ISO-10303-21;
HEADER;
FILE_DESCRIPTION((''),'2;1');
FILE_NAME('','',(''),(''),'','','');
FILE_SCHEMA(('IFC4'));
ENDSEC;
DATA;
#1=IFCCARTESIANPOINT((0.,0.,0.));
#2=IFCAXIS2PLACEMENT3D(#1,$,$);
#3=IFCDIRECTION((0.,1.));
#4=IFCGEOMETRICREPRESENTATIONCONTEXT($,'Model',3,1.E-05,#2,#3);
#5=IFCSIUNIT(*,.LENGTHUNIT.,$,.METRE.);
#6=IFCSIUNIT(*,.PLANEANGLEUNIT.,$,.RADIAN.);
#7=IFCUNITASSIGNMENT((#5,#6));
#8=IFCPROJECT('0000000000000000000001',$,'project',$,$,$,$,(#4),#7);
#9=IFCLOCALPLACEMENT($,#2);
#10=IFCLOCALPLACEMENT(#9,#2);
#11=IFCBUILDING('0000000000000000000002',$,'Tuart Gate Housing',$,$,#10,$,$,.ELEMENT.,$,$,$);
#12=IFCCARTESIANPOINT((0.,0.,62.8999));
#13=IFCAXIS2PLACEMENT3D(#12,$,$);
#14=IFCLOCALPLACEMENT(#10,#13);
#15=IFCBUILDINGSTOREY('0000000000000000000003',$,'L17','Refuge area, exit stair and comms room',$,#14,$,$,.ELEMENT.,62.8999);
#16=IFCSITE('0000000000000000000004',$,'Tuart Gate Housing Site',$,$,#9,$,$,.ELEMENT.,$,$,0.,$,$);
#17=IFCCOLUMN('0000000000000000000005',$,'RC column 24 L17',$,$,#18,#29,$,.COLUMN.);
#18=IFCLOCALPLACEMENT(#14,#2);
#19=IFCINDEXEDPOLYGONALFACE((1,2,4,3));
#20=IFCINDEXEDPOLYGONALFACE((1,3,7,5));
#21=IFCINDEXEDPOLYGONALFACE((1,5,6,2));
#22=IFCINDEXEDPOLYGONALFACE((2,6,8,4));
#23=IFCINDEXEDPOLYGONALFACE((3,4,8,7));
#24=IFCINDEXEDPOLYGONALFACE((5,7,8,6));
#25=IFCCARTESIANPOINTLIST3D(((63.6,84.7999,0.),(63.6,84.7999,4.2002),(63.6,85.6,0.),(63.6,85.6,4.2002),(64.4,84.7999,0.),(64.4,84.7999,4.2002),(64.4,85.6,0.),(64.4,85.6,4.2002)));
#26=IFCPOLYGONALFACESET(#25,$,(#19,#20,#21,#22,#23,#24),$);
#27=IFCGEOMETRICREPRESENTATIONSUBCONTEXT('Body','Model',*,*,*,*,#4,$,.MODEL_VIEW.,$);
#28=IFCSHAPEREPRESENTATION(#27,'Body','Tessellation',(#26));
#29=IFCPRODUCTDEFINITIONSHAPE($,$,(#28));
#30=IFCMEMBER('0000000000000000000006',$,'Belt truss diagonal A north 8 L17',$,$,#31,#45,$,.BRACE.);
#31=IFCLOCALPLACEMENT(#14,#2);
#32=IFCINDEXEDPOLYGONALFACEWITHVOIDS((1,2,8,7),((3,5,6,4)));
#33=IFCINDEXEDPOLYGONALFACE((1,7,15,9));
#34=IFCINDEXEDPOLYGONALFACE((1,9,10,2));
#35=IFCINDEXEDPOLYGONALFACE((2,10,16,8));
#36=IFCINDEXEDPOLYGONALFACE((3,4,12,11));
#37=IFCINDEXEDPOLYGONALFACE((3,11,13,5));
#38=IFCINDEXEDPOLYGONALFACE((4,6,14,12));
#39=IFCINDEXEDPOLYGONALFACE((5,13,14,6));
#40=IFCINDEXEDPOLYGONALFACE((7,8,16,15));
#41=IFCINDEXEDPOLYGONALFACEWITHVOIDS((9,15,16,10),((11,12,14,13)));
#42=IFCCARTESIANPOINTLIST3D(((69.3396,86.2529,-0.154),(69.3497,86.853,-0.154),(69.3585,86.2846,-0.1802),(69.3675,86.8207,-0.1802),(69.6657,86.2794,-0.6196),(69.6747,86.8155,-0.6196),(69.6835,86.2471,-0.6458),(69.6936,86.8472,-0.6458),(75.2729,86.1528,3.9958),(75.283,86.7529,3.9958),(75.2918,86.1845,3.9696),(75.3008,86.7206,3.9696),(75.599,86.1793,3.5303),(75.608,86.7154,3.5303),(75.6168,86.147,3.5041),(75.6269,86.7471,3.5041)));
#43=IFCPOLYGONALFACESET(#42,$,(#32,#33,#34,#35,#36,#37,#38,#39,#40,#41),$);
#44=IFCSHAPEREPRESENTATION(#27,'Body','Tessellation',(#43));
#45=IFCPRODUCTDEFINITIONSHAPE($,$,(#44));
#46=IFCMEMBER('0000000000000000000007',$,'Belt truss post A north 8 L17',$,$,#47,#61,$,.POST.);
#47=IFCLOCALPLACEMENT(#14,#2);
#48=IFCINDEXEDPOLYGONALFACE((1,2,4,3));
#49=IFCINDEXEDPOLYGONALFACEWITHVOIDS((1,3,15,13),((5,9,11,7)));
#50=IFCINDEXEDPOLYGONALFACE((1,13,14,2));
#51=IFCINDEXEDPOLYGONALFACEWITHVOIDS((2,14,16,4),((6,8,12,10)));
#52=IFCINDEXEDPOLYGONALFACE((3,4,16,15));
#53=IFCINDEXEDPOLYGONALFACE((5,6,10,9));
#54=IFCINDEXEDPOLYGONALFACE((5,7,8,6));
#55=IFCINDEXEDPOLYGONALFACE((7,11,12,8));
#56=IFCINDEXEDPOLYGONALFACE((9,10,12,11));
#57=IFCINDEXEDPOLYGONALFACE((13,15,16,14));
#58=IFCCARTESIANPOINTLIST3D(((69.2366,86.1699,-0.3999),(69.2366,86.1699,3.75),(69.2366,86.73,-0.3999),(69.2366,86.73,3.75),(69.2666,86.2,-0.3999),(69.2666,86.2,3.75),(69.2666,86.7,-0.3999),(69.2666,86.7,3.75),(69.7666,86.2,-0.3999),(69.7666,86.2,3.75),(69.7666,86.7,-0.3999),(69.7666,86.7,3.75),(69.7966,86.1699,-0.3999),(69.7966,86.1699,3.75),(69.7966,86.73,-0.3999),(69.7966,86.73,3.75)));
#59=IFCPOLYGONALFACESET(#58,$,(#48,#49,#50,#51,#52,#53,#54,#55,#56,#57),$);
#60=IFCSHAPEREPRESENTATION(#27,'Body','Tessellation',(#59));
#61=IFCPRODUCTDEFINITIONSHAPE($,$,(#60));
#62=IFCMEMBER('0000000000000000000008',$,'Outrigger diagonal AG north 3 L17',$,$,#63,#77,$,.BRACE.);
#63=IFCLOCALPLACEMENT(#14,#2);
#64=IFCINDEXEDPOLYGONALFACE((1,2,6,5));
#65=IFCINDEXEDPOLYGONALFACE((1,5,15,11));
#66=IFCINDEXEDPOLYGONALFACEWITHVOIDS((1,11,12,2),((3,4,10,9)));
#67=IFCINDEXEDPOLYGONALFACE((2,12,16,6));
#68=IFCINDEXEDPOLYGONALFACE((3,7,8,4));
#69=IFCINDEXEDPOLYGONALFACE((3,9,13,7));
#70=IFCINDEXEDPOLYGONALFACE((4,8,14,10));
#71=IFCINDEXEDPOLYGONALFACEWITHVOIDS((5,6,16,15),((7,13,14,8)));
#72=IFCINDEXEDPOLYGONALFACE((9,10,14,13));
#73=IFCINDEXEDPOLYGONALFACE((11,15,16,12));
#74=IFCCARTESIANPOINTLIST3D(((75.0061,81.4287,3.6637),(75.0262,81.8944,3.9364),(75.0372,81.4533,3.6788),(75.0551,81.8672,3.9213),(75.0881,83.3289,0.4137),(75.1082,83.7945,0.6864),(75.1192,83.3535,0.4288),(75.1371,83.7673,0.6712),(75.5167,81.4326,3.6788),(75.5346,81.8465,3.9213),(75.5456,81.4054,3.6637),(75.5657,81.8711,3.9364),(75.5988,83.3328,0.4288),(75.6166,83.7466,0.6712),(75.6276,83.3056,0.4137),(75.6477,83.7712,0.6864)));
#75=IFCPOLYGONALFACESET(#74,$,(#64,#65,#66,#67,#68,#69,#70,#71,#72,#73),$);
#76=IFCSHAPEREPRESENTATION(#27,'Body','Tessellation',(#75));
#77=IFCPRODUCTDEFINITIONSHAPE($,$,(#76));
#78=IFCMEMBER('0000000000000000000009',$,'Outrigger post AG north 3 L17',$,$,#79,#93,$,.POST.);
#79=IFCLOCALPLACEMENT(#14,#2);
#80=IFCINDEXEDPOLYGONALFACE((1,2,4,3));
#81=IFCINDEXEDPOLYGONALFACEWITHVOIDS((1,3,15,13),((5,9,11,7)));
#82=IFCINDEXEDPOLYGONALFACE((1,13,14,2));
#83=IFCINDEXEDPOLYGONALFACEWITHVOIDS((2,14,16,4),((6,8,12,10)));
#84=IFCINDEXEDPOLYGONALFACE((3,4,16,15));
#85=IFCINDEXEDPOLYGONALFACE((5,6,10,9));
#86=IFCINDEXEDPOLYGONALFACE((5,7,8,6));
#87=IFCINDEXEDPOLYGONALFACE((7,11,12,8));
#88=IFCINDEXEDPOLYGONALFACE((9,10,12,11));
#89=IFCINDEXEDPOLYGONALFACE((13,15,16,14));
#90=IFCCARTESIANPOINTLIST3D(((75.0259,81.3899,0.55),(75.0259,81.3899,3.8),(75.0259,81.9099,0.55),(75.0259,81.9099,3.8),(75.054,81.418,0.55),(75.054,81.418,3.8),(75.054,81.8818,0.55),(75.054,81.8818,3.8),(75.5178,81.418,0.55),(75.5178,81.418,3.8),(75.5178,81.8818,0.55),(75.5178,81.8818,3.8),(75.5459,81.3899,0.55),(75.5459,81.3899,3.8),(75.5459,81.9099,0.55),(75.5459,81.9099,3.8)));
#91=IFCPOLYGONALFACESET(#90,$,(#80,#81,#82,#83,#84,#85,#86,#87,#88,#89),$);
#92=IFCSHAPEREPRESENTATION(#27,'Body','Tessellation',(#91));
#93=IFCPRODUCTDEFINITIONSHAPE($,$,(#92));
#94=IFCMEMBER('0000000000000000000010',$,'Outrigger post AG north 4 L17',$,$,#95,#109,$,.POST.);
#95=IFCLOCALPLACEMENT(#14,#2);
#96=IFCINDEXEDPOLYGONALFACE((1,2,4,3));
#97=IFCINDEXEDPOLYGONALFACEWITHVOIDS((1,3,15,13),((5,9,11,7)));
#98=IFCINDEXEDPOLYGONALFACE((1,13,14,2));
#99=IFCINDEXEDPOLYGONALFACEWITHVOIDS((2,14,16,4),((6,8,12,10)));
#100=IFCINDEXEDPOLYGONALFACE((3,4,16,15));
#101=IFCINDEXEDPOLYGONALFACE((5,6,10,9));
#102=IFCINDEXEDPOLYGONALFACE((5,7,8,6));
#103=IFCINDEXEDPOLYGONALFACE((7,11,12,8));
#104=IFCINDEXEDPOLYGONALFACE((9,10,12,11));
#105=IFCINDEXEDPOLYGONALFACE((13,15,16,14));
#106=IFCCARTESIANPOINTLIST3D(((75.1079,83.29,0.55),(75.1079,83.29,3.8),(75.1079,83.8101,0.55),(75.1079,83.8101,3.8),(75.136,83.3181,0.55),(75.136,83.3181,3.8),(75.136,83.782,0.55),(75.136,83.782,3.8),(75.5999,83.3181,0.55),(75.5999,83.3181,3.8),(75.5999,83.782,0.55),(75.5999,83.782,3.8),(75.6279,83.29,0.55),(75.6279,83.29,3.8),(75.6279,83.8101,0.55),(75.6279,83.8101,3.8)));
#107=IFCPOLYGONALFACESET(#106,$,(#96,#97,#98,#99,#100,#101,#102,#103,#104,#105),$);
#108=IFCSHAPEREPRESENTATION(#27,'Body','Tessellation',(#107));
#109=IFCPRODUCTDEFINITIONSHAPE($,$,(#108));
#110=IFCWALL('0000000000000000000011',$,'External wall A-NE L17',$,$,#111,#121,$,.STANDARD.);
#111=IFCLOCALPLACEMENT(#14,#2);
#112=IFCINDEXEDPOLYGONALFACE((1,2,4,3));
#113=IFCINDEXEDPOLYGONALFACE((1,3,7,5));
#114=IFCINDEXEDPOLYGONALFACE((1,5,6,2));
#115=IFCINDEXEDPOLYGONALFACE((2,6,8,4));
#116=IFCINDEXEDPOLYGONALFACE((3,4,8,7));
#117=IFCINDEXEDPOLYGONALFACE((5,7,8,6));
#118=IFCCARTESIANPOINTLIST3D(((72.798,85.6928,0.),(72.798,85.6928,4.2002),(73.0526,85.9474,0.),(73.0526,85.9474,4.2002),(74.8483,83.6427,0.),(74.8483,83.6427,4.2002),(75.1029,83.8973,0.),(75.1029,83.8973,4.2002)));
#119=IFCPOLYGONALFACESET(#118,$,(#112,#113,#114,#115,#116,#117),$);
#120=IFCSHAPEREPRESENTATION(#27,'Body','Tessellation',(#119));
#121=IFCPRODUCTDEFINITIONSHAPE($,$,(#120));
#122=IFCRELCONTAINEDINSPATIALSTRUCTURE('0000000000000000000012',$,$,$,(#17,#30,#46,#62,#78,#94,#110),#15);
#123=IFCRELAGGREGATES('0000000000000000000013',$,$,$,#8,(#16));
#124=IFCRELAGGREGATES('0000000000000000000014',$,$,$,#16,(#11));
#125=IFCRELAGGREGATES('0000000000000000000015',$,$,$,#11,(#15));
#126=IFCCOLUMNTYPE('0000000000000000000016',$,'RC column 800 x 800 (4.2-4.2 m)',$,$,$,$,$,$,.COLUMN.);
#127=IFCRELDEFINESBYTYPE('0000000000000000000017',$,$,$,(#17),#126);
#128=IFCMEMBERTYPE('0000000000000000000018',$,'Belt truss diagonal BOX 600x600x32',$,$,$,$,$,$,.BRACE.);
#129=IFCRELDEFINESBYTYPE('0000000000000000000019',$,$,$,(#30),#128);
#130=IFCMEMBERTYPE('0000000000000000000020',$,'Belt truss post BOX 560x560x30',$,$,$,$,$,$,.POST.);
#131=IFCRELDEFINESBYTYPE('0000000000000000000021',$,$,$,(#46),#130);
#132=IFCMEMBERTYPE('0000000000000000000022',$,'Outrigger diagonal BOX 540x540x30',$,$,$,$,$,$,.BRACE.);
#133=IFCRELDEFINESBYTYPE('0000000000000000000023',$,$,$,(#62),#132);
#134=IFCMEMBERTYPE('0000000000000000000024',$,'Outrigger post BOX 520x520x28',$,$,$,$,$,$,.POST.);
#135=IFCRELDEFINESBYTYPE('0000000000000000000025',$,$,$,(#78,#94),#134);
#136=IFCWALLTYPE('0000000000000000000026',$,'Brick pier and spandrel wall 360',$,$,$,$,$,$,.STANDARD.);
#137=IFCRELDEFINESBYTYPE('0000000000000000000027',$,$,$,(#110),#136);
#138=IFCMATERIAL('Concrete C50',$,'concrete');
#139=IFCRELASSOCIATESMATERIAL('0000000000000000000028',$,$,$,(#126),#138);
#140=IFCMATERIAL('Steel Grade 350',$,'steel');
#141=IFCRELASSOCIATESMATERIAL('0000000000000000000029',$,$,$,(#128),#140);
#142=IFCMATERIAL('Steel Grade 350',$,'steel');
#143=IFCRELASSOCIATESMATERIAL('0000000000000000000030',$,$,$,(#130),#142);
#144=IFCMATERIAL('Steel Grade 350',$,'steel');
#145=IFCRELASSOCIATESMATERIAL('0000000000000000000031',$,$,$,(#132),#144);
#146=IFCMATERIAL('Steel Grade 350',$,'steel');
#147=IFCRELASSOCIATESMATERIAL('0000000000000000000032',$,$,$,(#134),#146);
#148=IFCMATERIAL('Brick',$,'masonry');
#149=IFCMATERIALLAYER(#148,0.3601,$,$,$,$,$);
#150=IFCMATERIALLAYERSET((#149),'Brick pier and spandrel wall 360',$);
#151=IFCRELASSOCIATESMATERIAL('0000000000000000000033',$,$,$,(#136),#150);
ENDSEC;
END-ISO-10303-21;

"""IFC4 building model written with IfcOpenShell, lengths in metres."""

from ifc_helpers import new_model, si_unit, direction, frame, frame_2d, origin, origin_2d, place, context, subcontext, project, spatial, rectangle, hollow_rectangle, extrude, material, layer, layer_set, material_profile, profile_set, type_object, element, save


model = new_model("IFC4")

# Units and contexts
model_context = context("Model", 3, precision=1e-05, world=origin(), true_north=direction((0.0, 1.0)))
body_context = subcontext(model_context, "Body", "Model", "MODEL_VIEW")
ifc_project = project(units=[si_unit("LENGTHUNIT", "METRE"), si_unit("PLANEANGLEUNIT", "RADIAN")], contexts=[model_context])

# Site, building, storey
site_placement = place(None, origin())
site = spatial("IfcSite", under=ifc_project, at=site_placement, Name="Tuart Gate Housing Site", CompositionType="ELEMENT", RefElevation=0.0)
building_placement = place(site_placement, origin())
building = spatial("IfcBuilding", under=site, at=building_placement, Name="Tuart Gate Housing", CompositionType="ELEMENT")
storey_placement = place(building_placement, frame((0.0, 0.0, 62.8999)))
storey = spatial("IfcBuildingStorey", under=building, at=storey_placement, Name="L17", Description="Refuge area, exit stair and comms room", CompositionType="ELEMENT", Elevation=62.8999)

# Column
ifc_material_1 = material(Name="Concrete C50", Category="concrete")
ifc_material_profile_1 = material_profile(ifc_material_1, rectangle(XDim=0.8, YDim=0.8, at=origin_2d()), Name="RC column 800 x 800 (4.2-4.2 m)")
ifc_profile_set_1 = profile_set([ifc_material_profile_1], Name="Concrete C50")
column_type = type_object("IfcColumnType", Name="RC column 800 x 800 (4.2-4.2 m)", PredefinedType="COLUMN", material=ifc_profile_set_1)
column_placement = place(storey_placement, frame((64.0, 85.2, 0.0), z_axis=(0.0, 0.0, 1.0), x_axis=(1.0, 0.0, 0.0)))
element("IfcColumn", 1, at=column_placement, inside=storey, type_object=column_type, Name="RC column 24 L17", PredefinedType="COLUMN", context=body_context, shape_type="SweptSolid", body=[
    extrude(rectangle(XDim=0.8, YDim=0.8, at=origin_2d()), origin(), (0.0, 0.0, 1.0), 4.2002),
])

# Members
ifc_material_2 = material(Name="Steel Grade 350", Category="steel")
ifc_material_profile_2 = material_profile(ifc_material_2, hollow_rectangle(XDim=0.6001, YDim=0.6001, WallThickness=0.032, at=origin_2d()), Name="BOX 600x600x32")
ifc_profile_set_2 = profile_set([ifc_material_profile_2], Name="Steel Grade 350")
member_type_1 = type_object("IfcMemberType", Name="Belt truss diagonal BOX 600x600x32", PredefinedType="BRACE", material=ifc_profile_set_2)
member_1_placement = place(storey_placement, frame((69.5166, 86.55, -0.3999), z_axis=(0.819377, -0.013823, 0.573088), x_axis=(0.016868, 0.999858, 0.0)))
element("IfcMember", 2, at=member_1_placement, inside=storey, type_object=member_type_1, Name="Belt truss diagonal A north 8 L17", PredefinedType="BRACE", context=body_context, shape_type="SweptSolid", body=[
    extrude(hollow_rectangle(XDim=0.6001, YDim=0.6001, WallThickness=0.032, at=origin_2d()), origin(), (0.0, 0.0, 1.0), 7.2412),
])
ifc_material_3 = material(Name="Steel Grade 350", Category="steel")
ifc_material_profile_3 = material_profile(ifc_material_3, hollow_rectangle(XDim=0.5601, YDim=0.5601, WallThickness=0.03, at=origin_2d()), Name="BOX 560x560x30")
ifc_profile_set_3 = profile_set([ifc_material_profile_3], Name="Steel Grade 350")
member_type_2 = type_object("IfcMemberType", Name="Belt truss post BOX 560x560x30", PredefinedType="POST", material=ifc_profile_set_3)
member_2_placement = place(storey_placement, frame((69.5166, 86.45, -0.3999), z_axis=(0.0, 0.0, 1.0), x_axis=(1.0, 0.0, 0.0)))
element("IfcMember", 3, at=member_2_placement, inside=storey, type_object=member_type_2, Name="Belt truss post A north 8 L17", PredefinedType="POST", context=body_context, shape_type="SweptSolid", body=[
    extrude(hollow_rectangle(XDim=0.5601, YDim=0.5601, WallThickness=0.03, at=origin_2d()), origin(), (0.0, 0.0, 1.0), 4.1499),
])
ifc_material_4 = material(Name="Steel Grade 350", Category="steel")
ifc_material_profile_4 = material_profile(ifc_material_4, hollow_rectangle(XDim=0.54, YDim=0.54, WallThickness=0.03, at=origin_2d()), Name="BOX 540x540x30")
ifc_profile_set_4 = profile_set([ifc_material_profile_4], Name="Steel Grade 350")
member_type_3 = type_object("IfcMemberType", Name="Outrigger diagonal BOX 540x540x30", PredefinedType="BRACE", material=ifc_profile_set_4)
member_3_placement = place(storey_placement, frame((75.2859, 81.6499, 3.8), z_axis=(0.021784, 0.504606, -0.863075), x_axis=(-0.999069, 0.043131, 0.0)))
element("IfcMember", 4, at=member_3_placement, inside=storey, type_object=member_type_3, Name="Outrigger diagonal AG north 3 L17", PredefinedType="BRACE", context=body_context, shape_type="SweptSolid", body=[
    extrude(hollow_rectangle(XDim=0.54, YDim=0.54, WallThickness=0.03, at=origin_2d()), origin(), (0.0, 0.0, 1.0), 3.7656),
])
ifc_material_5 = material(Name="Steel Grade 350", Category="steel")
ifc_material_profile_5 = material_profile(ifc_material_5, hollow_rectangle(XDim=0.52, YDim=0.52, WallThickness=0.0281, at=origin_2d()), Name="BOX 520x520x28")
ifc_profile_set_5 = profile_set([ifc_material_profile_5], Name="Steel Grade 350")
member_type_4 = type_object("IfcMemberType", Name="Outrigger post BOX 520x520x28", PredefinedType="POST", material=ifc_profile_set_5)
for number, where, z_axis, x_axis, name in (
    (5, (75.2859, 81.6499, 0.55), (0.0, 0.0, 1.0), (1.0, 0.0, 0.0), "Outrigger post AG north 3 L17"),
    (6, (75.3679, 83.55, 0.55), (0.0, 0.0, 1.0), (1.0, 0.0, 0.0), "Outrigger post AG north 4 L17"),
):
    element("IfcMember", number, at=place(storey_placement, frame(where, z_axis=z_axis, x_axis=x_axis)), inside=storey, type_object=member_type_4, Name=name, PredefinedType="POST", context=body_context, shape_type="SweptSolid", body=[
        extrude(hollow_rectangle(XDim=0.52, YDim=0.52, WallThickness=0.0281, at=origin_2d()), origin(), (0.0, 0.0, 1.0), 3.25),
    ])

# Wall
ifc_material_6 = material(Name="Brick", Category="masonry")
ifc_layer = layer(ifc_material_6, 0.3601)
ifc_layer_set = layer_set([ifc_layer], Name="Brick pier and spandrel wall 360")
wall_type = type_object("IfcWallType", Name="Brick pier and spandrel wall 360", PredefinedType="STANDARD", material=ifc_layer_set)
wall_1_placement = place(storey_placement, frame((74.9756, 83.77, 0.0), z_axis=(0.0, 0.0, 1.0), x_axis=(-0.707149, 0.707065, 0.0)))
element("IfcWall", 7, at=wall_1_placement, inside=storey, type_object=wall_type, Name="External wall A-NE L17", PredefinedType="STANDARD", context=body_context, shape_type="SweptSolid", body=[
    extrude(rectangle(XDim=2.8994, YDim=0.3601, at=frame_2d((1.4497, 0.0))), origin(), (0.0, 0.0, 1.0), 4.2002),
])

save(model, "model.ifc")
